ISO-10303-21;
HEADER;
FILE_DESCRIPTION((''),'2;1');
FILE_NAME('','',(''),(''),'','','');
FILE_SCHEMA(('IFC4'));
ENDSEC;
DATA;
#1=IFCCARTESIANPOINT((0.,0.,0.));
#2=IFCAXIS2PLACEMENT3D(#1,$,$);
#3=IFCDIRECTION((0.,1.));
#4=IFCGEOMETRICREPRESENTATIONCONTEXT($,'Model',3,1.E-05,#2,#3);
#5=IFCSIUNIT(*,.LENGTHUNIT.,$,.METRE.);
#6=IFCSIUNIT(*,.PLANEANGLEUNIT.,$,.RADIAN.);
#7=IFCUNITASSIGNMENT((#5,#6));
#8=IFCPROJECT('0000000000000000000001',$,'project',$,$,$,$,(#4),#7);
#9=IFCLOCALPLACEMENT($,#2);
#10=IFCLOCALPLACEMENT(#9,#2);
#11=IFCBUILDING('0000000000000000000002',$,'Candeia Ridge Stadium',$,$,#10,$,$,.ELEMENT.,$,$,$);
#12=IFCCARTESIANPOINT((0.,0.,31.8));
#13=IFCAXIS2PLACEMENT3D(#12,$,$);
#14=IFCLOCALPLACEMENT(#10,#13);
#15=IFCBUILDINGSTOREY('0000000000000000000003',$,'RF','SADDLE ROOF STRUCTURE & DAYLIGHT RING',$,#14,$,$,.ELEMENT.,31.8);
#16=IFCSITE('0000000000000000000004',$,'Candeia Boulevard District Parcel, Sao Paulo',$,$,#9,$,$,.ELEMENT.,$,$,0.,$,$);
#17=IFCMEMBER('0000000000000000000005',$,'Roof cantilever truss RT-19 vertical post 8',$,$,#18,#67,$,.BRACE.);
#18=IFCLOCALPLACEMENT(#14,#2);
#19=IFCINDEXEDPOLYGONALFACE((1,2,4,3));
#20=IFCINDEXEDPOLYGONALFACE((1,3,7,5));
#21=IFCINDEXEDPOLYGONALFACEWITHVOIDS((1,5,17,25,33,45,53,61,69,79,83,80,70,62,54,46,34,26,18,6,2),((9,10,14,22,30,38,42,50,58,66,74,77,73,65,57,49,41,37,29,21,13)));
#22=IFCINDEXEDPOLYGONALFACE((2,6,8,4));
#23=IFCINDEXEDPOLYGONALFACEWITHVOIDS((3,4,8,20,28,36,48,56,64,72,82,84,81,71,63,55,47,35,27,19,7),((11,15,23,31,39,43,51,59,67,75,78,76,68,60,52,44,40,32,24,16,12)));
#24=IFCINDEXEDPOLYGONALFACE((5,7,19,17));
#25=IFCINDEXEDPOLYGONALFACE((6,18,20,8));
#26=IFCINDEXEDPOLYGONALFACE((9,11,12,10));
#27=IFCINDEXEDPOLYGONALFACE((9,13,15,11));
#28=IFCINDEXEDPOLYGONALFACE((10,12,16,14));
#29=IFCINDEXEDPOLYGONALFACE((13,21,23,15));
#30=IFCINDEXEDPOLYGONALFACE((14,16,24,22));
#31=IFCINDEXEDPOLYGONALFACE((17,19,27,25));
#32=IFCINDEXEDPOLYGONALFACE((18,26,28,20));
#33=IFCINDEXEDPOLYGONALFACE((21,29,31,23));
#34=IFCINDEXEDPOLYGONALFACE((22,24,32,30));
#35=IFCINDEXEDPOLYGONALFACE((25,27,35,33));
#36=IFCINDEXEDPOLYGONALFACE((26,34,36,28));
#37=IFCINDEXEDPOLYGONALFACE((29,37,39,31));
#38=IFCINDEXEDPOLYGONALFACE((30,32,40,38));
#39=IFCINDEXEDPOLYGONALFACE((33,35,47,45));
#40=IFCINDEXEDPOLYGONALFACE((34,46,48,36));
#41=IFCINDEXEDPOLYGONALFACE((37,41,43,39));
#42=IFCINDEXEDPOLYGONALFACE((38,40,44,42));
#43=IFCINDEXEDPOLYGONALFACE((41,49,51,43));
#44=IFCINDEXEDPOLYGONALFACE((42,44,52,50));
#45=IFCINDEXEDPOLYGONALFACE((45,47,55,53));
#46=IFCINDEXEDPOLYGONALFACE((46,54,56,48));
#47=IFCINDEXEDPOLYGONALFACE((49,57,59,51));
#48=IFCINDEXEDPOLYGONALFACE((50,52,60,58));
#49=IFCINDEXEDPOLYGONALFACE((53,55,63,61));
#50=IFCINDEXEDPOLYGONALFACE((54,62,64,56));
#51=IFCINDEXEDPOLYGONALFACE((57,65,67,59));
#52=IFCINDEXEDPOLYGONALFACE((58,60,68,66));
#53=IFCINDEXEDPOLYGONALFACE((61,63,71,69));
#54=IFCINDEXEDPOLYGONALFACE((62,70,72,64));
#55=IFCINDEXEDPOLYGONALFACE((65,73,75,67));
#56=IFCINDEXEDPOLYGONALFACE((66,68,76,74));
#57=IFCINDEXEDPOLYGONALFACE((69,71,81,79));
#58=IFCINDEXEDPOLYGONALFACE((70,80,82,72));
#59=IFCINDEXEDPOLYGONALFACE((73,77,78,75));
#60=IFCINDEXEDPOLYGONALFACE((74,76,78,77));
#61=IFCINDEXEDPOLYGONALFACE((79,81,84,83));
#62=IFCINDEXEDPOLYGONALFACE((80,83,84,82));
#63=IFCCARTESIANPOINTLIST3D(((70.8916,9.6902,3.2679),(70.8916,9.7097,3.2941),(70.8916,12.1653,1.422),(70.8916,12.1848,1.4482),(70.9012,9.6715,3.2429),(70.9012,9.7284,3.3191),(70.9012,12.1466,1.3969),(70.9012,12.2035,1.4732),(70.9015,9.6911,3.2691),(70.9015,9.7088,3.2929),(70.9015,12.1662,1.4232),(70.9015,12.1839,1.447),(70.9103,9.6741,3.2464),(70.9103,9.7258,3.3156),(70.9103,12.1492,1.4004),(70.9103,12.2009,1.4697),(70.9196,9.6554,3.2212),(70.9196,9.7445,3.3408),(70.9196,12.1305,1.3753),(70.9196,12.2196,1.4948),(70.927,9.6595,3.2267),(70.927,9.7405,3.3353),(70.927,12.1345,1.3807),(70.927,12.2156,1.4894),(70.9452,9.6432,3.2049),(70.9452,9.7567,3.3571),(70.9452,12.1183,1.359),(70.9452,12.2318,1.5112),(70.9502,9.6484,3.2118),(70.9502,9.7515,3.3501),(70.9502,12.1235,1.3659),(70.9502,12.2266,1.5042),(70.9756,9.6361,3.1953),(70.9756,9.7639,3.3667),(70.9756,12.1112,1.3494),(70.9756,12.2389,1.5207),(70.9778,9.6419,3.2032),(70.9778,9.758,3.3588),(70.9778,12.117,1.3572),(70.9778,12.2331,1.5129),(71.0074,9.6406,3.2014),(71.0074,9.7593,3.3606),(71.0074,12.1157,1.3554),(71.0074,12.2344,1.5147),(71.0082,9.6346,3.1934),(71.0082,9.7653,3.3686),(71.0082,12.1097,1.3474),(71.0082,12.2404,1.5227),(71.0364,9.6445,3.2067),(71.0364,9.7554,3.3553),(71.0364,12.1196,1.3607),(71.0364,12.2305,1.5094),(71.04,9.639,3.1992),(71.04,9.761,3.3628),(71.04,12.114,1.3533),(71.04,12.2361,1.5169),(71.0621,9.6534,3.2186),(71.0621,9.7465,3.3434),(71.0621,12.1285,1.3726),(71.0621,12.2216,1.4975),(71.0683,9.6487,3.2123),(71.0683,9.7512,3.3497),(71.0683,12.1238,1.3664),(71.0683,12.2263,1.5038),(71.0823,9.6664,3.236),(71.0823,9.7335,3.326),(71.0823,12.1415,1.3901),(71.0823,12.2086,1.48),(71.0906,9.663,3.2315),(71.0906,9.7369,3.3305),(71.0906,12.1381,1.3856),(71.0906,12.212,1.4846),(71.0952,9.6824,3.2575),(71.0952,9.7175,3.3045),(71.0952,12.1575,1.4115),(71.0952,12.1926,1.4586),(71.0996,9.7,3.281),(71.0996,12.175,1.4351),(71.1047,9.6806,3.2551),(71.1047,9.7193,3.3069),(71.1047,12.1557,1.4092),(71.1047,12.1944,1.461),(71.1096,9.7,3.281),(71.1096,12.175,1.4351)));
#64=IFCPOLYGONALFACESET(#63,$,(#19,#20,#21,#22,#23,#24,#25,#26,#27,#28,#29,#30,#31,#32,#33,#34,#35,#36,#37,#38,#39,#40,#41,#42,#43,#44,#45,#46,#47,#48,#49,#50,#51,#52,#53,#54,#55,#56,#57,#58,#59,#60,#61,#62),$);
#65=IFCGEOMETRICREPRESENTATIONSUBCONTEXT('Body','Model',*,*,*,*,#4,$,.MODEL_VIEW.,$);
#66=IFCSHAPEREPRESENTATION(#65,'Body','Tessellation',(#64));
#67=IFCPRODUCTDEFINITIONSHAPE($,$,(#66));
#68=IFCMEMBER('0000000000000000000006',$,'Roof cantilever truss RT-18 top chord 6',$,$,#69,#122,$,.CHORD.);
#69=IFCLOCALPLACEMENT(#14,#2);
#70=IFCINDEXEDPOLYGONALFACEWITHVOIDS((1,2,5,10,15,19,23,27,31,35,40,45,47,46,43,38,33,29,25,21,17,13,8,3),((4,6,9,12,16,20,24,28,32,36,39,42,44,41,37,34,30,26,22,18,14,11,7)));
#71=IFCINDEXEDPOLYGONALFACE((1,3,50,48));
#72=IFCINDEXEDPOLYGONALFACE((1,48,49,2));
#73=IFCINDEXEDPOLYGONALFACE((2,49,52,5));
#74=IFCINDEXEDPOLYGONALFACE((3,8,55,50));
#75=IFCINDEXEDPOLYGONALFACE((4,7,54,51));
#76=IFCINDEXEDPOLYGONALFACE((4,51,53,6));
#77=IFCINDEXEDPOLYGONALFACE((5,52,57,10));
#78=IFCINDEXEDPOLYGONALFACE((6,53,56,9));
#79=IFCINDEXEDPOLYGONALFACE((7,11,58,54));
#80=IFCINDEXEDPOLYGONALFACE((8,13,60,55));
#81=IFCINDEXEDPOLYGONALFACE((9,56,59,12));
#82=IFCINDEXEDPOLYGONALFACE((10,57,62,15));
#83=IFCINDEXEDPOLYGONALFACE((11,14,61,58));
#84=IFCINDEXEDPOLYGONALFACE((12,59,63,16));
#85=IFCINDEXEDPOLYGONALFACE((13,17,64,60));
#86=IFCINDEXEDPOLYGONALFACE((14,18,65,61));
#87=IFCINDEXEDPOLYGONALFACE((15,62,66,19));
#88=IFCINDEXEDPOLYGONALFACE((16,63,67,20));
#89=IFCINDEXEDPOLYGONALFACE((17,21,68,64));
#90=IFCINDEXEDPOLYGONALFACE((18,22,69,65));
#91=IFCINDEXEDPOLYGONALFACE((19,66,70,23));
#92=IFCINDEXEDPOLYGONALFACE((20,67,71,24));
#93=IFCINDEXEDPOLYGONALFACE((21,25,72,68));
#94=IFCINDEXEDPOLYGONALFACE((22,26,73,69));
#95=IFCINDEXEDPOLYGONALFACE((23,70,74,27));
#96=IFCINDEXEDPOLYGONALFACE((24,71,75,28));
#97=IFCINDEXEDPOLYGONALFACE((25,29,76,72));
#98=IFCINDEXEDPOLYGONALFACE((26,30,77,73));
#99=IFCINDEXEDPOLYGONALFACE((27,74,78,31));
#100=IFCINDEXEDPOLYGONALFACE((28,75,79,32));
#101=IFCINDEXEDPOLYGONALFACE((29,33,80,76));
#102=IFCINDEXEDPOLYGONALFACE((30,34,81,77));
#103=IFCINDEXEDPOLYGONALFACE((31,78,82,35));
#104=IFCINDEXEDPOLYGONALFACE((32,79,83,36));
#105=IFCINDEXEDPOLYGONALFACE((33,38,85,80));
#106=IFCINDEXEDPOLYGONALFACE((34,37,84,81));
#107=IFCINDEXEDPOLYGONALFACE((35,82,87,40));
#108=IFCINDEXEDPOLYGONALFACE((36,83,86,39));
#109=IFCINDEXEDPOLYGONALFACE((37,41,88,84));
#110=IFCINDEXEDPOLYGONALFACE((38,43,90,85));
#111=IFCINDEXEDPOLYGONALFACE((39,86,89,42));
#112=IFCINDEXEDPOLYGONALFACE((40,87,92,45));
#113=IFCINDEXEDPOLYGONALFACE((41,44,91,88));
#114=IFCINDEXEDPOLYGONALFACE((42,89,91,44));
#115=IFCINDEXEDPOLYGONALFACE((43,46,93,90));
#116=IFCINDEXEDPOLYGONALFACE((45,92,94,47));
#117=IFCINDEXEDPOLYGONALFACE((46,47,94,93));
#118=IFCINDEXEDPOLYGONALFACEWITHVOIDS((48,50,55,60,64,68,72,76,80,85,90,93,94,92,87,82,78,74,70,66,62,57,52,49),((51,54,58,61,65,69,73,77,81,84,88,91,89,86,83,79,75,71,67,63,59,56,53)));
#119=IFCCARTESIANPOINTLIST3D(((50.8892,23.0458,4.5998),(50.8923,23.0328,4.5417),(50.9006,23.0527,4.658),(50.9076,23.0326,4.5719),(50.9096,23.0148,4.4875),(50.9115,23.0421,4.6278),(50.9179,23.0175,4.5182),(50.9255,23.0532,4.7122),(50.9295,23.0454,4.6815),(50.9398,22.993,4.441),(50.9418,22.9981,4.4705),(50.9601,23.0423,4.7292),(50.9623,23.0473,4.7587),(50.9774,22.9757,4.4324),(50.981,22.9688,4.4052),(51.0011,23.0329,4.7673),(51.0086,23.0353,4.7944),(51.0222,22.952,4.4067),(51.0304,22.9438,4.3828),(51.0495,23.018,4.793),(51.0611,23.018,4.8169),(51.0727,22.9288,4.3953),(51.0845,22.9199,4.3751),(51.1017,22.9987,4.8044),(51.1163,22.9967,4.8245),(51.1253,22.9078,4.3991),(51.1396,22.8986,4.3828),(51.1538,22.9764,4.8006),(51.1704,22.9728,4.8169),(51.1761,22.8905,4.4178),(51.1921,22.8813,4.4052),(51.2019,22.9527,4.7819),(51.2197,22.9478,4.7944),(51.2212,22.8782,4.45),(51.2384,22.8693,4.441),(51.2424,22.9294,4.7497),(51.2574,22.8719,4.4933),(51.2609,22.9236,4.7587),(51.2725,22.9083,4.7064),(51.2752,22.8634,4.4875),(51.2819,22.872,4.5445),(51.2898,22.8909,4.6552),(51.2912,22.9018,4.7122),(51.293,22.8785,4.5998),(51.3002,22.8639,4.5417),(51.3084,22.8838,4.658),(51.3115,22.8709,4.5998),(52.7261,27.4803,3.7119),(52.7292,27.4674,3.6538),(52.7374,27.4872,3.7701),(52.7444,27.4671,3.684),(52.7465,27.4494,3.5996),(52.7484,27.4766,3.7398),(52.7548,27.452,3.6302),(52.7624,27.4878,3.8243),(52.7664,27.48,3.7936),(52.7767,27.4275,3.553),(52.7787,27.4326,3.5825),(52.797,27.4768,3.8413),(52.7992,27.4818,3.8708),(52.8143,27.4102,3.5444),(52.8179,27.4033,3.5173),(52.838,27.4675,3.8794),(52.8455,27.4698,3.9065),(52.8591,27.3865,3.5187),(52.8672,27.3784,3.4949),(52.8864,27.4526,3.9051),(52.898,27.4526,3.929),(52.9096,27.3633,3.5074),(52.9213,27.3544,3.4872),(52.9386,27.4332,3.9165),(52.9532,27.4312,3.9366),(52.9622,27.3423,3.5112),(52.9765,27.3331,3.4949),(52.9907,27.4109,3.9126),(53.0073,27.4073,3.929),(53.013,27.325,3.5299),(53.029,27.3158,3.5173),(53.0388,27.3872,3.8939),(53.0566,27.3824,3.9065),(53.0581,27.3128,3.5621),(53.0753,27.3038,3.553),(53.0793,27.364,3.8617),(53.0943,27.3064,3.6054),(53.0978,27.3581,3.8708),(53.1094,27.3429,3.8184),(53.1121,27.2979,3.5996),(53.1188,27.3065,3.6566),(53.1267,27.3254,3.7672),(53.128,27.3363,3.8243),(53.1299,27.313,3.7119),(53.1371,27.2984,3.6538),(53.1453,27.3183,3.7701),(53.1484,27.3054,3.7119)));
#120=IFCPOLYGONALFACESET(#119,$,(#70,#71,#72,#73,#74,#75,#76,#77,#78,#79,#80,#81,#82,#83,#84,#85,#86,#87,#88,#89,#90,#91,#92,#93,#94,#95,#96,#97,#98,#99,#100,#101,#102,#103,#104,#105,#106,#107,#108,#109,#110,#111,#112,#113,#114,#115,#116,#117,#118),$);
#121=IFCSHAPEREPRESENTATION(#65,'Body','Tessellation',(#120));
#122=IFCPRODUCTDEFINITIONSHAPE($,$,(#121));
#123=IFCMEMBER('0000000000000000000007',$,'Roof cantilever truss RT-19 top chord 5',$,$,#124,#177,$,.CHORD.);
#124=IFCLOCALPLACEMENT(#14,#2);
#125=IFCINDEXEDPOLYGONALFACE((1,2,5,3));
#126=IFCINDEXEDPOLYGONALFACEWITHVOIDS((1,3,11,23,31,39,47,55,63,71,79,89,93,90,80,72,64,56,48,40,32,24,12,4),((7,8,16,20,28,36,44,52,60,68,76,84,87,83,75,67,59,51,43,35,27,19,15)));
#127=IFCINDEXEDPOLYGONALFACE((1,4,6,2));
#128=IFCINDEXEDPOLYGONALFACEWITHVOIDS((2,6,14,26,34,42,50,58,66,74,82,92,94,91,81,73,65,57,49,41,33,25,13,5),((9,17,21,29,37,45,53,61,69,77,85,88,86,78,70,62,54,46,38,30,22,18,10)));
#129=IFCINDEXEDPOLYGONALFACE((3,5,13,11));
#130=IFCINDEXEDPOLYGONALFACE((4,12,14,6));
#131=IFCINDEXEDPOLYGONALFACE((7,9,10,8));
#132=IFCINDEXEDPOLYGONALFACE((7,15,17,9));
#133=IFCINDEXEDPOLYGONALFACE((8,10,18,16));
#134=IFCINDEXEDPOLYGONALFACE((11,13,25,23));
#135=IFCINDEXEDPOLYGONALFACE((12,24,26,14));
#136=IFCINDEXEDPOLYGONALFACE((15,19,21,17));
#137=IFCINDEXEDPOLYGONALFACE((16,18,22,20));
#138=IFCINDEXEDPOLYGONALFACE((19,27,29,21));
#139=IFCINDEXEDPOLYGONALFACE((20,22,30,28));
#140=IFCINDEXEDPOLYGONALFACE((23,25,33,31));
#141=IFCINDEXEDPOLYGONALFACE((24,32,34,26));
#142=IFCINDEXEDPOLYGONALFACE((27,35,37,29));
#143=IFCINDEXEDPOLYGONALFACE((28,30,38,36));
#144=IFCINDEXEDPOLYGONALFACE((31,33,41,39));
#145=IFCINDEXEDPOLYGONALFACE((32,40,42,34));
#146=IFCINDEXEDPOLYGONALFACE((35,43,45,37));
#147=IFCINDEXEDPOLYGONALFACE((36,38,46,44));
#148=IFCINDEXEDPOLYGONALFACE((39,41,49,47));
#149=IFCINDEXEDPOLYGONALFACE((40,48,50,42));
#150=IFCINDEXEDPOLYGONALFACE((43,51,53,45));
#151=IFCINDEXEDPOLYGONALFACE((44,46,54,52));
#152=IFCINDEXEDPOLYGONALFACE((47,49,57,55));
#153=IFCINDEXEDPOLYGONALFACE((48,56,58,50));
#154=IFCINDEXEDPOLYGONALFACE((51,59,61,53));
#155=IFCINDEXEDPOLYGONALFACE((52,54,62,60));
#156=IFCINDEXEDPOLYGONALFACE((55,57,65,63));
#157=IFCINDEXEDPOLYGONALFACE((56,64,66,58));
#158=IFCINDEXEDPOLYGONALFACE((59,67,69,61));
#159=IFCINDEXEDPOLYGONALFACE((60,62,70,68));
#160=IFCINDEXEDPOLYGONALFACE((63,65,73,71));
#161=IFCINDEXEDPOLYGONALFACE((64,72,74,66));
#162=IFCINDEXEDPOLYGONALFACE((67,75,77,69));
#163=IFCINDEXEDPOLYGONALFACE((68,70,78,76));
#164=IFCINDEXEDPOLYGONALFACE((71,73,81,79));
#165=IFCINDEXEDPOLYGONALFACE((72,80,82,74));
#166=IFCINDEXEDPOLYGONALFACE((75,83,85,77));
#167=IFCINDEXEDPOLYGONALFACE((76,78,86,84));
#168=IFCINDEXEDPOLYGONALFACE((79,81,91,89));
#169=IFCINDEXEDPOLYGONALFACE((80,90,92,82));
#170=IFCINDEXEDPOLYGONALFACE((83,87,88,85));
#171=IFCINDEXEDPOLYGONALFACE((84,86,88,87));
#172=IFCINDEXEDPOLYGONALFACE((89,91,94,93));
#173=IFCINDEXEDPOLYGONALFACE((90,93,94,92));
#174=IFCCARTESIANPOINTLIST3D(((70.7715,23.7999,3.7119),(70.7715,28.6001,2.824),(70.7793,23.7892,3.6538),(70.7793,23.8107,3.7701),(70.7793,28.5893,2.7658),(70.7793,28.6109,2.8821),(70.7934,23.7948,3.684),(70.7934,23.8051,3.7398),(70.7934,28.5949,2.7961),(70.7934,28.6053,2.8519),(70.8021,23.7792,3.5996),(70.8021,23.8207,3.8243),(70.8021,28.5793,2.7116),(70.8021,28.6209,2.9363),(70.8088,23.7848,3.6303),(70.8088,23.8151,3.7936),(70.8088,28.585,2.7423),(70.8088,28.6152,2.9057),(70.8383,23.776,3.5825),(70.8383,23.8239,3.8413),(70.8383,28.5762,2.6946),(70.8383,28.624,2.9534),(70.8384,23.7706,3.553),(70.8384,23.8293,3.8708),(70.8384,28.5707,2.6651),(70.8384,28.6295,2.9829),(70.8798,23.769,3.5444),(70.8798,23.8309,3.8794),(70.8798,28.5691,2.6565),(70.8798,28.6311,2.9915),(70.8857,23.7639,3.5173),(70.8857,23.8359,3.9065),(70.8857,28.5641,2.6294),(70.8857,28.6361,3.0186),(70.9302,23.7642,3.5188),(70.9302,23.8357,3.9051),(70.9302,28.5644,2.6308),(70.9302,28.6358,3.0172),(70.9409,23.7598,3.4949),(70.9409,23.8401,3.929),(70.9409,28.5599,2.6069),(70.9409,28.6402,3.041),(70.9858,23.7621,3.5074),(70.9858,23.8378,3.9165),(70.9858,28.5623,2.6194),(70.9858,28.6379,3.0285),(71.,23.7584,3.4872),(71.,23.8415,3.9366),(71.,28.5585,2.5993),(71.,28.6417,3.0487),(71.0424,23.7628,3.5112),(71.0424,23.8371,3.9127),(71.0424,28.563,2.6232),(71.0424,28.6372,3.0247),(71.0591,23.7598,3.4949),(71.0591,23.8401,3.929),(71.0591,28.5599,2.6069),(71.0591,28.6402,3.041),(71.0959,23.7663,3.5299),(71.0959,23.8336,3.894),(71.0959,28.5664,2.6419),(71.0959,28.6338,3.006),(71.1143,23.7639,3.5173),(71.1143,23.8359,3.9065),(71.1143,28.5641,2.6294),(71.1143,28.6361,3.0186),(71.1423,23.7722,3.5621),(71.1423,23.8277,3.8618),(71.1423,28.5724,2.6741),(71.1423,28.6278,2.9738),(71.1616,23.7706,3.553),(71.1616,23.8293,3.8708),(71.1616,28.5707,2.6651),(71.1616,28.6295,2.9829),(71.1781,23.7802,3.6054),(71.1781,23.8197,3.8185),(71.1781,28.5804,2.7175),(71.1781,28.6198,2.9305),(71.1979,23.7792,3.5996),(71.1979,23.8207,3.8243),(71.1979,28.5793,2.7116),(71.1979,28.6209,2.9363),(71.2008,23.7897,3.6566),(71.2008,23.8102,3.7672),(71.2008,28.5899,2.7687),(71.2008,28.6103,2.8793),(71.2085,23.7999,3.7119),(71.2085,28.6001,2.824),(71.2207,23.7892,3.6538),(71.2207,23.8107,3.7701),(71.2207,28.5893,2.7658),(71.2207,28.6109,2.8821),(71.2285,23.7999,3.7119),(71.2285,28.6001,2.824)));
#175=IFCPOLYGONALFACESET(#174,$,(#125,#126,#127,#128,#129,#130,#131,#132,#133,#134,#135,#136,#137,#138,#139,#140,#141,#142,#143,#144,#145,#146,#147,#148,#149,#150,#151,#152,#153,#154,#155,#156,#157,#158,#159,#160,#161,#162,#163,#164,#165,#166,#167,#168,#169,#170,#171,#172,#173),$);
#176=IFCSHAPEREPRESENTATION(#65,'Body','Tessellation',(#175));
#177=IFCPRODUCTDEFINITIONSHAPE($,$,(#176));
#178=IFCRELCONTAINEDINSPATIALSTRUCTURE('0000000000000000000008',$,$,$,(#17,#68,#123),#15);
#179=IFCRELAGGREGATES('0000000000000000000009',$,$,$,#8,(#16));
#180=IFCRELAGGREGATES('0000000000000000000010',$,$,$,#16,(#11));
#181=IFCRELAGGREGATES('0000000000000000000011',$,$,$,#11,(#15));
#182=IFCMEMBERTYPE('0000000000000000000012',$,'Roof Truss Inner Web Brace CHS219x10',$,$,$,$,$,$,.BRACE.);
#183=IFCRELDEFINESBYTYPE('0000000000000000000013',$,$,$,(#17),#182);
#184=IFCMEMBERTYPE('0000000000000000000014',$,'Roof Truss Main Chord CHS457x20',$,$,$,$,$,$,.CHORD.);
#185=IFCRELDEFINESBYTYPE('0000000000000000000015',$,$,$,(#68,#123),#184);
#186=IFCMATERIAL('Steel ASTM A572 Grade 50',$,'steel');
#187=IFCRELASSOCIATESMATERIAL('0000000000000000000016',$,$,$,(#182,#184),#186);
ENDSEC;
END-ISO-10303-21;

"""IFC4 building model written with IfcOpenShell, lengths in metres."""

from ifc_helpers import new_model, si_unit, direction, frame, origin, origin_2d, place, context, subcontext, project, spatial, hollow_circle, extrude, material, material_profile, profile_set, type_object, element, save


model = new_model("IFC4")

# Units and contexts
model_context = context("Model", 3, precision=1e-05, world=origin(), true_north=direction((0.0, 1.0)))
body_context = subcontext(model_context, "Body", "Model", "MODEL_VIEW")
ifc_project = project(units=[si_unit("LENGTHUNIT", "METRE"), si_unit("PLANEANGLEUNIT", "RADIAN")], contexts=[model_context])

# Site, building, storey
site_placement = place(None, origin())
site = spatial("IfcSite", under=ifc_project, at=site_placement, Name="Candeia Boulevard District Parcel, Sao Paulo", CompositionType="ELEMENT", RefElevation=0.0)
building_placement = place(site_placement, origin())
building = spatial("IfcBuilding", under=site, at=building_placement, Name="Candeia Ridge Stadium", CompositionType="ELEMENT")
storey_placement = place(building_placement, frame((0.0, 0.0, 31.8)))
storey = spatial("IfcBuildingStorey", under=building, at=storey_placement, Name="RF", Description="SADDLE ROOF STRUCTURE & DAYLIGHT RING", CompositionType="ELEMENT", Elevation=31.8)

# Shared definitions
ifc_material_1 = material(Name="Steel ASTM A572 Grade 50", Category="steel")

# Members
ifc_material_profile_1 = material_profile(ifc_material_1, hollow_circle(Radius=0.1096, WallThickness=0.01, at=origin_2d()), Name="CHS219x10", Category="steel")
ifc_profile_set_1 = profile_set([ifc_material_profile_1], Name="Steel ASTM A572 Grade 50")
member_type_1 = type_object("IfcMemberType", Name="Roof Truss Inner Web Brace CHS219x10", PredefinedType="BRACE", material=ifc_profile_set_1)
member_1_placement = place(storey_placement, frame((71.0, 12.175, 1.4351), z_axis=(0.0, -0.80161, 0.597847), x_axis=(1.0, 0.0, 0.0)))
element("IfcMember", 1, at=member_1_placement, inside=storey, type_object=member_type_1, Name="Roof cantilever truss RT-19 vertical post 8", PredefinedType="BRACE", context=body_context, shape_type="SweptSolid", body=[
    extrude(hollow_circle(Radius=0.1096, WallThickness=0.01, at=origin_2d()), origin(), (0.0, 0.0, 1.0), 3.0876),
])
ifc_material_profile_2 = material_profile(ifc_material_1, hollow_circle(Radius=0.2285, WallThickness=0.02, at=origin_2d()), Name="CHS457x20", Category="steel")
ifc_profile_set_2 = profile_set([ifc_material_profile_2], Name="Steel ASTM A572 Grade 50")
member_type_2 = type_object("IfcMemberType", Name="Roof Truss Main Chord CHS457x20", PredefinedType="CHORD", material=ifc_profile_set_2)
member_2_placement = place(storey_placement, frame((52.9373, 27.3928, 3.7119), z_axis=(-0.376309, -0.908462, 0.181902), x_axis=(0.923875, -0.382693, 0.0)))
element("IfcMember", 2, at=member_2_placement, inside=storey, type_object=member_type_2, Name="Roof cantilever truss RT-18 top chord 6", PredefinedType="CHORD", context=body_context, shape_type="SweptSolid", body=[
    extrude(hollow_circle(Radius=0.2285, WallThickness=0.02, at=origin_2d()), origin(), (0.0, 0.0, 1.0), 4.8813),
])
for number, where, z_axis, x_axis, name in (
    (3, (71.0, 28.6001, 2.824), (0.0, -0.983317, 0.181899), (1.0, 0.0, 0.0), "Roof cantilever truss RT-19 top chord 5"),
):
    element("IfcMember", number, at=place(storey_placement, frame(where, z_axis=z_axis, x_axis=x_axis)), inside=storey, type_object=member_type_2, Name=name, PredefinedType="CHORD", context=body_context, shape_type="SweptSolid", body=[
        extrude(hollow_circle(Radius=0.2285, WallThickness=0.02, at=origin_2d()), origin(), (0.0, 0.0, 1.0), 4.8816),
    ])

save(model, "model.ifc")
